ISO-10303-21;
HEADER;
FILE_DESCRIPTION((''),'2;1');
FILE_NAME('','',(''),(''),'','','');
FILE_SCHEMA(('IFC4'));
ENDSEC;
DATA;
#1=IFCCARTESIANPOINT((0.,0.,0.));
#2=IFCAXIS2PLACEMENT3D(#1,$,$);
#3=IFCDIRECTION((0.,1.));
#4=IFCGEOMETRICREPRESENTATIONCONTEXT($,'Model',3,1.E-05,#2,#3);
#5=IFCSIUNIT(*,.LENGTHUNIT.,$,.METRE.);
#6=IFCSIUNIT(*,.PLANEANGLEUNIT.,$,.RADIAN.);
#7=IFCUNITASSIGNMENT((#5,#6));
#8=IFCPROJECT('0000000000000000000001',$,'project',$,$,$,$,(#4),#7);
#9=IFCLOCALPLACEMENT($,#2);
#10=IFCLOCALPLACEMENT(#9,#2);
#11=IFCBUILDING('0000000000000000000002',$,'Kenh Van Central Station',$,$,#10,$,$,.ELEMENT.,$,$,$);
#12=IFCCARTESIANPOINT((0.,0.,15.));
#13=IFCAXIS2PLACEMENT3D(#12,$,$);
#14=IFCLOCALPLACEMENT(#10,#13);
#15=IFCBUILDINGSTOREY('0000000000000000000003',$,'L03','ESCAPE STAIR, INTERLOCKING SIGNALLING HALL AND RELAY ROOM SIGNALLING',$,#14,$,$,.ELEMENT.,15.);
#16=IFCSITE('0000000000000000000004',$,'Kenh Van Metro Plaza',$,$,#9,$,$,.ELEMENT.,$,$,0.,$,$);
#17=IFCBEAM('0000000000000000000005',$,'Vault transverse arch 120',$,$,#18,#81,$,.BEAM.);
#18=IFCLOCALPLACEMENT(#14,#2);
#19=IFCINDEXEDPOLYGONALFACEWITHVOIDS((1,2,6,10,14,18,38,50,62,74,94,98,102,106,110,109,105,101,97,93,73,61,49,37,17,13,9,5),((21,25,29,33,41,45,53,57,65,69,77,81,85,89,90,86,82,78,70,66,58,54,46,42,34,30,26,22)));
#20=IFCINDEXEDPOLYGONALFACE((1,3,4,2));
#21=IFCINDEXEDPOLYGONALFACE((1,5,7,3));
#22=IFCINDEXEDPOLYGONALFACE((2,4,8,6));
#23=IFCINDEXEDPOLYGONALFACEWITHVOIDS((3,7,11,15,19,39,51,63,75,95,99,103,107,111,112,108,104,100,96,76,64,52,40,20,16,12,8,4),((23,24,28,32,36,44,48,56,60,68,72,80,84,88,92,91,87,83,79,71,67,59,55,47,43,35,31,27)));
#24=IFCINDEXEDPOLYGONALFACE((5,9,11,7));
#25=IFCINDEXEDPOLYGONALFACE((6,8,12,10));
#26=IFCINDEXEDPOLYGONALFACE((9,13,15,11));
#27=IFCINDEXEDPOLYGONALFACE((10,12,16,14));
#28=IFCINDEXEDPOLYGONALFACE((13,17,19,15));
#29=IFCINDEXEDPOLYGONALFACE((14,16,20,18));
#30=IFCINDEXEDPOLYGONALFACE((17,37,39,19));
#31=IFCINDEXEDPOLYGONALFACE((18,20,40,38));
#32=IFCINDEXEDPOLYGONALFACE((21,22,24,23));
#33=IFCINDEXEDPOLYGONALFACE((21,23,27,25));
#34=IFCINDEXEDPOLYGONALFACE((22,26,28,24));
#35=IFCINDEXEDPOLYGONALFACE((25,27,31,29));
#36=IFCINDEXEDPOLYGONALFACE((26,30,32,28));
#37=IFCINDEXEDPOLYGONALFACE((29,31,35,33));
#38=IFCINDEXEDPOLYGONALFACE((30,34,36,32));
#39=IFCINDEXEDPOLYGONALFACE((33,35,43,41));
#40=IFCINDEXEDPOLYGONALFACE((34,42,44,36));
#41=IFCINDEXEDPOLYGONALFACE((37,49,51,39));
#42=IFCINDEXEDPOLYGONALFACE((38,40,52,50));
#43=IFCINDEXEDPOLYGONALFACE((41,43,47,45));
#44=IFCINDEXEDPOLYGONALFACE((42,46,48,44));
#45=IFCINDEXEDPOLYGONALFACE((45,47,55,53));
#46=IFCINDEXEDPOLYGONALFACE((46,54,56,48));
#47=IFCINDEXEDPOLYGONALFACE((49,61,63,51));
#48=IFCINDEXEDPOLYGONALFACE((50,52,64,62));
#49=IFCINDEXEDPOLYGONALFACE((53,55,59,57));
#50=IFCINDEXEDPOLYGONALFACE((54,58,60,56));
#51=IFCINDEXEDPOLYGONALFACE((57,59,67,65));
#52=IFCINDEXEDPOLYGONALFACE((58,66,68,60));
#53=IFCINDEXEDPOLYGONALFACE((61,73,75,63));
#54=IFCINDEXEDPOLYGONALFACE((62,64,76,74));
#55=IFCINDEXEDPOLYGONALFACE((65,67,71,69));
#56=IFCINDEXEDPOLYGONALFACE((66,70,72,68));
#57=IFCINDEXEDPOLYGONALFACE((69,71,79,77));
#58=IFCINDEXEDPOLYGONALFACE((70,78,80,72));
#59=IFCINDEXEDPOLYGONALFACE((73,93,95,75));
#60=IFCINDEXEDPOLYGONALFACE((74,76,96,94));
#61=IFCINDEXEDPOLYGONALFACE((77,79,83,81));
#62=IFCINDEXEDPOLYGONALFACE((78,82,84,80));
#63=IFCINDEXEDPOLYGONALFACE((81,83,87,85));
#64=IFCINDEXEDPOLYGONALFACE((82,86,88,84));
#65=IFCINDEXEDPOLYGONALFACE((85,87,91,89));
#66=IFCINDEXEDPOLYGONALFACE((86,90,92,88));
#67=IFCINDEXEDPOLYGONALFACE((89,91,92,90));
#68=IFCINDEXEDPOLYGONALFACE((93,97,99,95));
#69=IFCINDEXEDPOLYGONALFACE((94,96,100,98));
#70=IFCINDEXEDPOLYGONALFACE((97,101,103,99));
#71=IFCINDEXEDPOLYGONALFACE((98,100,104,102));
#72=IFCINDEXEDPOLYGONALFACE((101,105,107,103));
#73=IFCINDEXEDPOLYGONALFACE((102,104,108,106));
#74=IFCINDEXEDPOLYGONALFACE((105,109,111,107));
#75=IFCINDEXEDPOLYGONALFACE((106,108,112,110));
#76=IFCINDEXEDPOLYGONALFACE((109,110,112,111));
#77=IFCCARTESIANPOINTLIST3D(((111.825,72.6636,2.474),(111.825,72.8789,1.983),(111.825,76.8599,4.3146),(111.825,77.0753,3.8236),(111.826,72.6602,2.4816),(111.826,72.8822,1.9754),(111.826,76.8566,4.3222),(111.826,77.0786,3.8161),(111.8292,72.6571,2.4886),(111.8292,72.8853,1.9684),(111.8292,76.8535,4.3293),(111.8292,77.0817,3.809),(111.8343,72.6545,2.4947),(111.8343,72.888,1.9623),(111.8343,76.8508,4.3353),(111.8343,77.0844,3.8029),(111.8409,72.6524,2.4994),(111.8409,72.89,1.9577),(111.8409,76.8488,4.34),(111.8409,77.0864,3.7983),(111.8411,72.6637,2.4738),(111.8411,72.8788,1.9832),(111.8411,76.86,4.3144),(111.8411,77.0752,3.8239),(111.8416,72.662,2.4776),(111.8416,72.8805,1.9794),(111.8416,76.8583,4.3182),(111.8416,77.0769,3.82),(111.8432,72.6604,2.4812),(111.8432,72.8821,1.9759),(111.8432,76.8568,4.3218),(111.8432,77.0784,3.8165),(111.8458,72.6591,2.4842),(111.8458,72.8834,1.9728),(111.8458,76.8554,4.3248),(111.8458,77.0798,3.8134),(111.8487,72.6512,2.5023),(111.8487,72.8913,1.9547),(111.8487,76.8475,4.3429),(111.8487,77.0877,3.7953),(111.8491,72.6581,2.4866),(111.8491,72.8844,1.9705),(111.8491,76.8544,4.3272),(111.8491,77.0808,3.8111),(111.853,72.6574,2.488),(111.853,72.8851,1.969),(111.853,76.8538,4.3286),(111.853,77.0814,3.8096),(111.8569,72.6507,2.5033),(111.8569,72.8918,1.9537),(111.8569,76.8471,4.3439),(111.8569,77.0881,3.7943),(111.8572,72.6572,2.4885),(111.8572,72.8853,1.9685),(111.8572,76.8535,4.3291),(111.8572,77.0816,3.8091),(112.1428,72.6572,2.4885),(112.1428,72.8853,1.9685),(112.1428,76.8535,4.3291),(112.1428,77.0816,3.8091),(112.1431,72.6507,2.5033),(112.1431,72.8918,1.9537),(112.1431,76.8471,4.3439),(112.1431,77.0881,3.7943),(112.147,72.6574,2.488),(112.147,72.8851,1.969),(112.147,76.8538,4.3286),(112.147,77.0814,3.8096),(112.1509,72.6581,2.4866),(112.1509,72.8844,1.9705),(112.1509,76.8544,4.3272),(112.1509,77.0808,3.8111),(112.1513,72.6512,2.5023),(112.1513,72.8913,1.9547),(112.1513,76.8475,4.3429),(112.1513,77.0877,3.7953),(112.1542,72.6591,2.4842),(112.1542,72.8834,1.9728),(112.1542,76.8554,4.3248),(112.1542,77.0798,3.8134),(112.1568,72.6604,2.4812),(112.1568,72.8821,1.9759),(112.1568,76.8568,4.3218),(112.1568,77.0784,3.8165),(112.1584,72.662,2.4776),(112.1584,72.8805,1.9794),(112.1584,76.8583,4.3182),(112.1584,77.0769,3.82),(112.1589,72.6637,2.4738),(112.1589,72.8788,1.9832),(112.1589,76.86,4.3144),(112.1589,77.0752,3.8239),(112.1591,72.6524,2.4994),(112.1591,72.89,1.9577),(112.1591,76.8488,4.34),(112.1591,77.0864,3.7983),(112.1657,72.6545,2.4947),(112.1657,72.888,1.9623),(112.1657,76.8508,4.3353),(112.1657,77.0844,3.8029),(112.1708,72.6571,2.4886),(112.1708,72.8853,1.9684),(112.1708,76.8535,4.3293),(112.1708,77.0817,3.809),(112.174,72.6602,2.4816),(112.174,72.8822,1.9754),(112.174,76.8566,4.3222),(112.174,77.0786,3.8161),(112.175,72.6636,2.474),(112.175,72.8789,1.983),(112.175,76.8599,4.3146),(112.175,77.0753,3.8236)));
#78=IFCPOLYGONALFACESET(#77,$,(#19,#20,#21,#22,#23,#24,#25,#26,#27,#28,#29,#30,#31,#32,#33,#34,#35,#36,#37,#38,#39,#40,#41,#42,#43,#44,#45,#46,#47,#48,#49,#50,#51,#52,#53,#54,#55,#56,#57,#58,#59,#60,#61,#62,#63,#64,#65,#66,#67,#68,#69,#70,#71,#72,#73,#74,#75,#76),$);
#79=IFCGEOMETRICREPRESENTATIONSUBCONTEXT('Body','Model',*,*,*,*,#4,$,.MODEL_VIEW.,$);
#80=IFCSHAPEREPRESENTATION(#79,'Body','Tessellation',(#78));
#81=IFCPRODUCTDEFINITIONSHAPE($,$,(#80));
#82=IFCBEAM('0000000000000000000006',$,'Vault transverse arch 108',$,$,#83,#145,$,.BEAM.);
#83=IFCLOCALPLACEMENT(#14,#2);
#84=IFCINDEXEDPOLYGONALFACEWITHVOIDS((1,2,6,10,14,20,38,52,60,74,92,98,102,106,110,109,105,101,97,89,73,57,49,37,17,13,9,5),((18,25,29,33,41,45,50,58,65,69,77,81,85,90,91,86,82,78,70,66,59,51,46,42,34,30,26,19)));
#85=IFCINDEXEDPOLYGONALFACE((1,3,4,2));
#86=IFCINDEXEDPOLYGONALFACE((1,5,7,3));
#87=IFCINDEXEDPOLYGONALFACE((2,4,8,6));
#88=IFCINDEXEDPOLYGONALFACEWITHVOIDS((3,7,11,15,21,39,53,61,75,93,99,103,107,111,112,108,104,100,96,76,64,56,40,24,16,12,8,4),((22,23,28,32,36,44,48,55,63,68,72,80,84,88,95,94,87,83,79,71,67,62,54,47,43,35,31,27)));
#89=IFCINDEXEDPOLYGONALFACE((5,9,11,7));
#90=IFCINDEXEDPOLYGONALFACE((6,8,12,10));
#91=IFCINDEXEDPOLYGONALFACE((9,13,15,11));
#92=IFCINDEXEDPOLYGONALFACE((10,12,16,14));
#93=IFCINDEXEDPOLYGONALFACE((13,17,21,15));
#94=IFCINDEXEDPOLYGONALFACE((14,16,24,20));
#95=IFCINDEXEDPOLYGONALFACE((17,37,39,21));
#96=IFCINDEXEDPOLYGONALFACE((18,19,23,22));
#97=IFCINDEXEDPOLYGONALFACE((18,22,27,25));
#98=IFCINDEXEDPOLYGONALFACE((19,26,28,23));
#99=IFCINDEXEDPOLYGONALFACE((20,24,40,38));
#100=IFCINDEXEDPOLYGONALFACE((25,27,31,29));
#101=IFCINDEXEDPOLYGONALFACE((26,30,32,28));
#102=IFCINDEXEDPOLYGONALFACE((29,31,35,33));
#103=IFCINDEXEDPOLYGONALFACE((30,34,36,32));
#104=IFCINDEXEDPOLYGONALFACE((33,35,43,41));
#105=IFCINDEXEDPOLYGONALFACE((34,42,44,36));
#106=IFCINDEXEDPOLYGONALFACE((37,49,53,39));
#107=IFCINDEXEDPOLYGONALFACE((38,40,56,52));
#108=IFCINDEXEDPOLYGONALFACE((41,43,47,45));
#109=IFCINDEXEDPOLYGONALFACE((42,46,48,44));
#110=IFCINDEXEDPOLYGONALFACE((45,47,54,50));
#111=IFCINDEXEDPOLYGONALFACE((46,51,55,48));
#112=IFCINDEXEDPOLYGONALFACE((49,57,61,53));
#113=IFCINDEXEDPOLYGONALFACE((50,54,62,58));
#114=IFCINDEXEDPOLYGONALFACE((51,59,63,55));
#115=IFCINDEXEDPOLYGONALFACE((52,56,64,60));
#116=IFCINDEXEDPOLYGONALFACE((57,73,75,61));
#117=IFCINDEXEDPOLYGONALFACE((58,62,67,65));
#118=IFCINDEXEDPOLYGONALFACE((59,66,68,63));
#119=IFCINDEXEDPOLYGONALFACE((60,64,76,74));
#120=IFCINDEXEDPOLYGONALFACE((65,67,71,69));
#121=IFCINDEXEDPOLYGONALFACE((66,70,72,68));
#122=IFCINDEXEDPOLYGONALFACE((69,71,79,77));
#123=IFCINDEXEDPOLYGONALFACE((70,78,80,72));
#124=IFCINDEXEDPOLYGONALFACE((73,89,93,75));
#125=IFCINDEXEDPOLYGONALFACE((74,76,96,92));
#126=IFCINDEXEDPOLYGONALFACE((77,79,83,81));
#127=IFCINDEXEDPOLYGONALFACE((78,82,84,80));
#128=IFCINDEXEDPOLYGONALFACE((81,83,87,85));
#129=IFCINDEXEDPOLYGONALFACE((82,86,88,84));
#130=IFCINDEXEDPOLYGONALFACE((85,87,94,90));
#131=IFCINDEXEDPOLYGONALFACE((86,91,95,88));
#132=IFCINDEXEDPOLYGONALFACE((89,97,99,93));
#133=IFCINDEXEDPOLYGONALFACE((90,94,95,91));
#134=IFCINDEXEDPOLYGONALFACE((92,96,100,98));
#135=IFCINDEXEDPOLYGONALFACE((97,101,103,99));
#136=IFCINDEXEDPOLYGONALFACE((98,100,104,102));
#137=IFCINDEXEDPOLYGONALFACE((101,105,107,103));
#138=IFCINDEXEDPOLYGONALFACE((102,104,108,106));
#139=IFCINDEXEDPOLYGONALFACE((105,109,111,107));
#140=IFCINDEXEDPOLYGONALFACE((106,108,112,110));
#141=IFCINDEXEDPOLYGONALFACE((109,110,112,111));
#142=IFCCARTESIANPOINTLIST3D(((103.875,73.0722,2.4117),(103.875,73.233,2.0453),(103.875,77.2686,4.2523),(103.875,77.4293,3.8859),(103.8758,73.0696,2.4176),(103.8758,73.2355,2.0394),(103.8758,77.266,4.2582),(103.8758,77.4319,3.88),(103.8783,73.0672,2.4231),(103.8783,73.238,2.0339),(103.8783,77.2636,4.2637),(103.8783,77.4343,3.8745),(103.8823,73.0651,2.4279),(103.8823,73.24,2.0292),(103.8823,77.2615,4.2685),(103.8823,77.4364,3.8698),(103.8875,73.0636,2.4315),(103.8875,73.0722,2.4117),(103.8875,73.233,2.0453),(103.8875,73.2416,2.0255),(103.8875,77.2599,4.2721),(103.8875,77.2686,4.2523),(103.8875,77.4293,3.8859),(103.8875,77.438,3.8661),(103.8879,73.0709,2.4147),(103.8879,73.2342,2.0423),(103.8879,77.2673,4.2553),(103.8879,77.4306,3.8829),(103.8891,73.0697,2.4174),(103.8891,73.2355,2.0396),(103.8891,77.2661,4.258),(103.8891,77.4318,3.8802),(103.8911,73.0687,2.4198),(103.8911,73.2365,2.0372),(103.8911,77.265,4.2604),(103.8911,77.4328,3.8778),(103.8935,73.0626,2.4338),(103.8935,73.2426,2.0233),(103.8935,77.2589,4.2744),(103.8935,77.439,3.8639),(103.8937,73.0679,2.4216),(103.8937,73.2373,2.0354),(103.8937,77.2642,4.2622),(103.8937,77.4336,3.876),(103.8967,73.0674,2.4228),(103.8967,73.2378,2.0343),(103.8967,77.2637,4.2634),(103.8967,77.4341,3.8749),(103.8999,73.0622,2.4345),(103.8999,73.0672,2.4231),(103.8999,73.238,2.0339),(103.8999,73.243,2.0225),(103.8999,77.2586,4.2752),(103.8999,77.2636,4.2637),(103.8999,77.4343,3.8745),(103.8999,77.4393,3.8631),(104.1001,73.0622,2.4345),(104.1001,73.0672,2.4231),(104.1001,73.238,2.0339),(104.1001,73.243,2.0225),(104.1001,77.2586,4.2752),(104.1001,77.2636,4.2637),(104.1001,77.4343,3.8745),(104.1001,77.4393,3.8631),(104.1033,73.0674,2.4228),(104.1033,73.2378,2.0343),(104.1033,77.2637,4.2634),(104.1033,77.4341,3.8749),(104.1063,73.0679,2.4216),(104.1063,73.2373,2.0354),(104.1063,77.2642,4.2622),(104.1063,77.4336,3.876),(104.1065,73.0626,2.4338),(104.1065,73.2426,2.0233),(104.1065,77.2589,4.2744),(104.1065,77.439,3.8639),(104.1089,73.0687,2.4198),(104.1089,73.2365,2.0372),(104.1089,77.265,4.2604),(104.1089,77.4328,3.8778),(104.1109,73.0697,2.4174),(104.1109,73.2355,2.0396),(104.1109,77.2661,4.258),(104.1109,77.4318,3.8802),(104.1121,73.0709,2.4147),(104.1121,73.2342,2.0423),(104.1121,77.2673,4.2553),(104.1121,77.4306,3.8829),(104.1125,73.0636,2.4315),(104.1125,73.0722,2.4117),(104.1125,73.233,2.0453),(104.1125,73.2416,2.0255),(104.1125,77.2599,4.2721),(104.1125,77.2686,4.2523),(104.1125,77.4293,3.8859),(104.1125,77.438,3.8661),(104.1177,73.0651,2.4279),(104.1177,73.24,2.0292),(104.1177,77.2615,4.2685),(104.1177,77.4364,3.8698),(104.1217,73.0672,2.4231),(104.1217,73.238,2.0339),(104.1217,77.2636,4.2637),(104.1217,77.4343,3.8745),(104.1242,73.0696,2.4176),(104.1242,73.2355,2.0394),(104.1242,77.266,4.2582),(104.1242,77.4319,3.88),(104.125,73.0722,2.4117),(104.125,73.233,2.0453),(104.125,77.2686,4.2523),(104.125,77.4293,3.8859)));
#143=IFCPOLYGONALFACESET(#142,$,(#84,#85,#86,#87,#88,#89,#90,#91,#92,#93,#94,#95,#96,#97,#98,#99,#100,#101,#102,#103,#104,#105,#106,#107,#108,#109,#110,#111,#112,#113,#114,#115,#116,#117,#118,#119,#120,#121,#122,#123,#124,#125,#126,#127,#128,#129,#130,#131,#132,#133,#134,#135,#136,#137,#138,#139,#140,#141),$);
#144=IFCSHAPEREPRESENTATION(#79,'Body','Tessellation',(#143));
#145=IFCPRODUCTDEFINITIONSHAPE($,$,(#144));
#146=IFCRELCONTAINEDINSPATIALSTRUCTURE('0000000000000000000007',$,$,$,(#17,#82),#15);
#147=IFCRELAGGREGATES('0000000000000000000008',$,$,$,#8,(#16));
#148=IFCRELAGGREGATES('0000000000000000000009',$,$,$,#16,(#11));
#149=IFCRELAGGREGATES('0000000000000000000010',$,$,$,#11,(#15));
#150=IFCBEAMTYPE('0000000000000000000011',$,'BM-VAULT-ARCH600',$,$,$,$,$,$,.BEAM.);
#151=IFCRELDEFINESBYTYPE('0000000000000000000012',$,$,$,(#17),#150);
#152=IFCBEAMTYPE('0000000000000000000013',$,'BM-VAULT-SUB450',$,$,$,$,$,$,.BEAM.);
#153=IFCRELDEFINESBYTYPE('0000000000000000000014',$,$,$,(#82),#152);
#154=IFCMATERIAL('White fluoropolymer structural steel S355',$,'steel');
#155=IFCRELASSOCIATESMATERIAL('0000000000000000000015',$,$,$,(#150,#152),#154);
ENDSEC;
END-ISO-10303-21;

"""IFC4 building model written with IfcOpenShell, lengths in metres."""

from ifc_helpers import new_model, si_unit, direction, frame, origin, origin_2d, place, context, subcontext, project, spatial, hollow_rectangle, extrude, material, material_profile, profile_set, type_object, element, save


model = new_model("IFC4")

# Units and contexts
model_context = context("Model", 3, precision=1e-05, world=origin(), true_north=direction((0.0, 1.0)))
body_context = subcontext(model_context, "Body", "Model", "MODEL_VIEW")
ifc_project = project(units=[si_unit("LENGTHUNIT", "METRE"), si_unit("PLANEANGLEUNIT", "RADIAN")], contexts=[model_context])

# Site, building, storey
site_placement = place(None, origin())
site = spatial("IfcSite", under=ifc_project, at=site_placement, Name="Kenh Van Metro Plaza", CompositionType="ELEMENT", RefElevation=0.0)
building_placement = place(site_placement, origin())
building = spatial("IfcBuilding", under=site, at=building_placement, Name="Kenh Van Central Station", CompositionType="ELEMENT")
storey_placement = place(building_placement, frame((0.0, 0.0, 15.0)))
storey = spatial("IfcBuildingStorey", under=building, at=storey_placement, Name="L03", Description="ESCAPE STAIR, INTERLOCKING SIGNALLING HALL AND RELAY ROOM SIGNALLING", CompositionType="ELEMENT", Elevation=15.0)

# Beams
ifc_material_1 = material(Name="White fluoropolymer structural steel S355", Category="steel")
ifc_material_profile_1 = material_profile(ifc_material_1, hollow_rectangle(XDim=0.3501, YDim=0.6001, WallThickness=0.0161, InnerFilletRadius=0.0161, OuterFilletRadius=0.032, at=origin_2d()), Name="RHS 600x350x16")
ifc_profile_set_1 = profile_set([ifc_material_profile_1], Name="White fluoropolymer structural steel S355")
beam_type_1 = type_object("IfcBeamType", Name="BM-VAULT-ARCH600", PredefinedType="BEAM", material=ifc_profile_set_1)
beam_1_placement = place(storey_placement, frame((112.0, 72.7712, 2.2285), z_axis=(0.0, 0.91578, 0.40168), x_axis=(-1.0, 0.0, 0.0)))
element("IfcBeam", 1, at=beam_1_placement, inside=storey, type_object=beam_type_1, Name="Vault transverse arch 120", PredefinedType="BEAM", context=body_context, shape_type="SweptSolid", body=[
    extrude(hollow_rectangle(XDim=0.3501, YDim=0.6001, WallThickness=0.0161, InnerFilletRadius=0.0161, OuterFilletRadius=0.032, at=origin_2d()), origin(), (0.0, 0.0, 1.0), 4.5823),
])
ifc_material_profile_2 = material_profile(ifc_material_1, hollow_rectangle(XDim=0.25, YDim=0.45, WallThickness=0.0125, InnerFilletRadius=0.0125, OuterFilletRadius=0.0249, at=origin_2d()), Name="RHS 450x250x12.5")
ifc_profile_set_2 = profile_set([ifc_material_profile_2], Name="White fluoropolymer structural steel S355")
beam_type_2 = type_object("IfcBeamType", Name="BM-VAULT-SUB450", PredefinedType="BEAM", material=ifc_profile_set_2)
beam_2_placement = place(storey_placement, frame((104.0, 73.1526, 2.2285), z_axis=(0.0, 0.91578, 0.40168), x_axis=(-1.0, 0.0, 0.0)))
element("IfcBeam", 2, at=beam_2_placement, inside=storey, type_object=beam_type_2, Name="Vault transverse arch 108", PredefinedType="BEAM", context=body_context, shape_type="SweptSolid", body=[
    extrude(hollow_rectangle(XDim=0.25, YDim=0.45, WallThickness=0.0125, InnerFilletRadius=0.0125, OuterFilletRadius=0.0249, at=origin_2d()), origin(), (0.0, 0.0, 1.0), 4.5823),
])

save(model, "model.ifc")
